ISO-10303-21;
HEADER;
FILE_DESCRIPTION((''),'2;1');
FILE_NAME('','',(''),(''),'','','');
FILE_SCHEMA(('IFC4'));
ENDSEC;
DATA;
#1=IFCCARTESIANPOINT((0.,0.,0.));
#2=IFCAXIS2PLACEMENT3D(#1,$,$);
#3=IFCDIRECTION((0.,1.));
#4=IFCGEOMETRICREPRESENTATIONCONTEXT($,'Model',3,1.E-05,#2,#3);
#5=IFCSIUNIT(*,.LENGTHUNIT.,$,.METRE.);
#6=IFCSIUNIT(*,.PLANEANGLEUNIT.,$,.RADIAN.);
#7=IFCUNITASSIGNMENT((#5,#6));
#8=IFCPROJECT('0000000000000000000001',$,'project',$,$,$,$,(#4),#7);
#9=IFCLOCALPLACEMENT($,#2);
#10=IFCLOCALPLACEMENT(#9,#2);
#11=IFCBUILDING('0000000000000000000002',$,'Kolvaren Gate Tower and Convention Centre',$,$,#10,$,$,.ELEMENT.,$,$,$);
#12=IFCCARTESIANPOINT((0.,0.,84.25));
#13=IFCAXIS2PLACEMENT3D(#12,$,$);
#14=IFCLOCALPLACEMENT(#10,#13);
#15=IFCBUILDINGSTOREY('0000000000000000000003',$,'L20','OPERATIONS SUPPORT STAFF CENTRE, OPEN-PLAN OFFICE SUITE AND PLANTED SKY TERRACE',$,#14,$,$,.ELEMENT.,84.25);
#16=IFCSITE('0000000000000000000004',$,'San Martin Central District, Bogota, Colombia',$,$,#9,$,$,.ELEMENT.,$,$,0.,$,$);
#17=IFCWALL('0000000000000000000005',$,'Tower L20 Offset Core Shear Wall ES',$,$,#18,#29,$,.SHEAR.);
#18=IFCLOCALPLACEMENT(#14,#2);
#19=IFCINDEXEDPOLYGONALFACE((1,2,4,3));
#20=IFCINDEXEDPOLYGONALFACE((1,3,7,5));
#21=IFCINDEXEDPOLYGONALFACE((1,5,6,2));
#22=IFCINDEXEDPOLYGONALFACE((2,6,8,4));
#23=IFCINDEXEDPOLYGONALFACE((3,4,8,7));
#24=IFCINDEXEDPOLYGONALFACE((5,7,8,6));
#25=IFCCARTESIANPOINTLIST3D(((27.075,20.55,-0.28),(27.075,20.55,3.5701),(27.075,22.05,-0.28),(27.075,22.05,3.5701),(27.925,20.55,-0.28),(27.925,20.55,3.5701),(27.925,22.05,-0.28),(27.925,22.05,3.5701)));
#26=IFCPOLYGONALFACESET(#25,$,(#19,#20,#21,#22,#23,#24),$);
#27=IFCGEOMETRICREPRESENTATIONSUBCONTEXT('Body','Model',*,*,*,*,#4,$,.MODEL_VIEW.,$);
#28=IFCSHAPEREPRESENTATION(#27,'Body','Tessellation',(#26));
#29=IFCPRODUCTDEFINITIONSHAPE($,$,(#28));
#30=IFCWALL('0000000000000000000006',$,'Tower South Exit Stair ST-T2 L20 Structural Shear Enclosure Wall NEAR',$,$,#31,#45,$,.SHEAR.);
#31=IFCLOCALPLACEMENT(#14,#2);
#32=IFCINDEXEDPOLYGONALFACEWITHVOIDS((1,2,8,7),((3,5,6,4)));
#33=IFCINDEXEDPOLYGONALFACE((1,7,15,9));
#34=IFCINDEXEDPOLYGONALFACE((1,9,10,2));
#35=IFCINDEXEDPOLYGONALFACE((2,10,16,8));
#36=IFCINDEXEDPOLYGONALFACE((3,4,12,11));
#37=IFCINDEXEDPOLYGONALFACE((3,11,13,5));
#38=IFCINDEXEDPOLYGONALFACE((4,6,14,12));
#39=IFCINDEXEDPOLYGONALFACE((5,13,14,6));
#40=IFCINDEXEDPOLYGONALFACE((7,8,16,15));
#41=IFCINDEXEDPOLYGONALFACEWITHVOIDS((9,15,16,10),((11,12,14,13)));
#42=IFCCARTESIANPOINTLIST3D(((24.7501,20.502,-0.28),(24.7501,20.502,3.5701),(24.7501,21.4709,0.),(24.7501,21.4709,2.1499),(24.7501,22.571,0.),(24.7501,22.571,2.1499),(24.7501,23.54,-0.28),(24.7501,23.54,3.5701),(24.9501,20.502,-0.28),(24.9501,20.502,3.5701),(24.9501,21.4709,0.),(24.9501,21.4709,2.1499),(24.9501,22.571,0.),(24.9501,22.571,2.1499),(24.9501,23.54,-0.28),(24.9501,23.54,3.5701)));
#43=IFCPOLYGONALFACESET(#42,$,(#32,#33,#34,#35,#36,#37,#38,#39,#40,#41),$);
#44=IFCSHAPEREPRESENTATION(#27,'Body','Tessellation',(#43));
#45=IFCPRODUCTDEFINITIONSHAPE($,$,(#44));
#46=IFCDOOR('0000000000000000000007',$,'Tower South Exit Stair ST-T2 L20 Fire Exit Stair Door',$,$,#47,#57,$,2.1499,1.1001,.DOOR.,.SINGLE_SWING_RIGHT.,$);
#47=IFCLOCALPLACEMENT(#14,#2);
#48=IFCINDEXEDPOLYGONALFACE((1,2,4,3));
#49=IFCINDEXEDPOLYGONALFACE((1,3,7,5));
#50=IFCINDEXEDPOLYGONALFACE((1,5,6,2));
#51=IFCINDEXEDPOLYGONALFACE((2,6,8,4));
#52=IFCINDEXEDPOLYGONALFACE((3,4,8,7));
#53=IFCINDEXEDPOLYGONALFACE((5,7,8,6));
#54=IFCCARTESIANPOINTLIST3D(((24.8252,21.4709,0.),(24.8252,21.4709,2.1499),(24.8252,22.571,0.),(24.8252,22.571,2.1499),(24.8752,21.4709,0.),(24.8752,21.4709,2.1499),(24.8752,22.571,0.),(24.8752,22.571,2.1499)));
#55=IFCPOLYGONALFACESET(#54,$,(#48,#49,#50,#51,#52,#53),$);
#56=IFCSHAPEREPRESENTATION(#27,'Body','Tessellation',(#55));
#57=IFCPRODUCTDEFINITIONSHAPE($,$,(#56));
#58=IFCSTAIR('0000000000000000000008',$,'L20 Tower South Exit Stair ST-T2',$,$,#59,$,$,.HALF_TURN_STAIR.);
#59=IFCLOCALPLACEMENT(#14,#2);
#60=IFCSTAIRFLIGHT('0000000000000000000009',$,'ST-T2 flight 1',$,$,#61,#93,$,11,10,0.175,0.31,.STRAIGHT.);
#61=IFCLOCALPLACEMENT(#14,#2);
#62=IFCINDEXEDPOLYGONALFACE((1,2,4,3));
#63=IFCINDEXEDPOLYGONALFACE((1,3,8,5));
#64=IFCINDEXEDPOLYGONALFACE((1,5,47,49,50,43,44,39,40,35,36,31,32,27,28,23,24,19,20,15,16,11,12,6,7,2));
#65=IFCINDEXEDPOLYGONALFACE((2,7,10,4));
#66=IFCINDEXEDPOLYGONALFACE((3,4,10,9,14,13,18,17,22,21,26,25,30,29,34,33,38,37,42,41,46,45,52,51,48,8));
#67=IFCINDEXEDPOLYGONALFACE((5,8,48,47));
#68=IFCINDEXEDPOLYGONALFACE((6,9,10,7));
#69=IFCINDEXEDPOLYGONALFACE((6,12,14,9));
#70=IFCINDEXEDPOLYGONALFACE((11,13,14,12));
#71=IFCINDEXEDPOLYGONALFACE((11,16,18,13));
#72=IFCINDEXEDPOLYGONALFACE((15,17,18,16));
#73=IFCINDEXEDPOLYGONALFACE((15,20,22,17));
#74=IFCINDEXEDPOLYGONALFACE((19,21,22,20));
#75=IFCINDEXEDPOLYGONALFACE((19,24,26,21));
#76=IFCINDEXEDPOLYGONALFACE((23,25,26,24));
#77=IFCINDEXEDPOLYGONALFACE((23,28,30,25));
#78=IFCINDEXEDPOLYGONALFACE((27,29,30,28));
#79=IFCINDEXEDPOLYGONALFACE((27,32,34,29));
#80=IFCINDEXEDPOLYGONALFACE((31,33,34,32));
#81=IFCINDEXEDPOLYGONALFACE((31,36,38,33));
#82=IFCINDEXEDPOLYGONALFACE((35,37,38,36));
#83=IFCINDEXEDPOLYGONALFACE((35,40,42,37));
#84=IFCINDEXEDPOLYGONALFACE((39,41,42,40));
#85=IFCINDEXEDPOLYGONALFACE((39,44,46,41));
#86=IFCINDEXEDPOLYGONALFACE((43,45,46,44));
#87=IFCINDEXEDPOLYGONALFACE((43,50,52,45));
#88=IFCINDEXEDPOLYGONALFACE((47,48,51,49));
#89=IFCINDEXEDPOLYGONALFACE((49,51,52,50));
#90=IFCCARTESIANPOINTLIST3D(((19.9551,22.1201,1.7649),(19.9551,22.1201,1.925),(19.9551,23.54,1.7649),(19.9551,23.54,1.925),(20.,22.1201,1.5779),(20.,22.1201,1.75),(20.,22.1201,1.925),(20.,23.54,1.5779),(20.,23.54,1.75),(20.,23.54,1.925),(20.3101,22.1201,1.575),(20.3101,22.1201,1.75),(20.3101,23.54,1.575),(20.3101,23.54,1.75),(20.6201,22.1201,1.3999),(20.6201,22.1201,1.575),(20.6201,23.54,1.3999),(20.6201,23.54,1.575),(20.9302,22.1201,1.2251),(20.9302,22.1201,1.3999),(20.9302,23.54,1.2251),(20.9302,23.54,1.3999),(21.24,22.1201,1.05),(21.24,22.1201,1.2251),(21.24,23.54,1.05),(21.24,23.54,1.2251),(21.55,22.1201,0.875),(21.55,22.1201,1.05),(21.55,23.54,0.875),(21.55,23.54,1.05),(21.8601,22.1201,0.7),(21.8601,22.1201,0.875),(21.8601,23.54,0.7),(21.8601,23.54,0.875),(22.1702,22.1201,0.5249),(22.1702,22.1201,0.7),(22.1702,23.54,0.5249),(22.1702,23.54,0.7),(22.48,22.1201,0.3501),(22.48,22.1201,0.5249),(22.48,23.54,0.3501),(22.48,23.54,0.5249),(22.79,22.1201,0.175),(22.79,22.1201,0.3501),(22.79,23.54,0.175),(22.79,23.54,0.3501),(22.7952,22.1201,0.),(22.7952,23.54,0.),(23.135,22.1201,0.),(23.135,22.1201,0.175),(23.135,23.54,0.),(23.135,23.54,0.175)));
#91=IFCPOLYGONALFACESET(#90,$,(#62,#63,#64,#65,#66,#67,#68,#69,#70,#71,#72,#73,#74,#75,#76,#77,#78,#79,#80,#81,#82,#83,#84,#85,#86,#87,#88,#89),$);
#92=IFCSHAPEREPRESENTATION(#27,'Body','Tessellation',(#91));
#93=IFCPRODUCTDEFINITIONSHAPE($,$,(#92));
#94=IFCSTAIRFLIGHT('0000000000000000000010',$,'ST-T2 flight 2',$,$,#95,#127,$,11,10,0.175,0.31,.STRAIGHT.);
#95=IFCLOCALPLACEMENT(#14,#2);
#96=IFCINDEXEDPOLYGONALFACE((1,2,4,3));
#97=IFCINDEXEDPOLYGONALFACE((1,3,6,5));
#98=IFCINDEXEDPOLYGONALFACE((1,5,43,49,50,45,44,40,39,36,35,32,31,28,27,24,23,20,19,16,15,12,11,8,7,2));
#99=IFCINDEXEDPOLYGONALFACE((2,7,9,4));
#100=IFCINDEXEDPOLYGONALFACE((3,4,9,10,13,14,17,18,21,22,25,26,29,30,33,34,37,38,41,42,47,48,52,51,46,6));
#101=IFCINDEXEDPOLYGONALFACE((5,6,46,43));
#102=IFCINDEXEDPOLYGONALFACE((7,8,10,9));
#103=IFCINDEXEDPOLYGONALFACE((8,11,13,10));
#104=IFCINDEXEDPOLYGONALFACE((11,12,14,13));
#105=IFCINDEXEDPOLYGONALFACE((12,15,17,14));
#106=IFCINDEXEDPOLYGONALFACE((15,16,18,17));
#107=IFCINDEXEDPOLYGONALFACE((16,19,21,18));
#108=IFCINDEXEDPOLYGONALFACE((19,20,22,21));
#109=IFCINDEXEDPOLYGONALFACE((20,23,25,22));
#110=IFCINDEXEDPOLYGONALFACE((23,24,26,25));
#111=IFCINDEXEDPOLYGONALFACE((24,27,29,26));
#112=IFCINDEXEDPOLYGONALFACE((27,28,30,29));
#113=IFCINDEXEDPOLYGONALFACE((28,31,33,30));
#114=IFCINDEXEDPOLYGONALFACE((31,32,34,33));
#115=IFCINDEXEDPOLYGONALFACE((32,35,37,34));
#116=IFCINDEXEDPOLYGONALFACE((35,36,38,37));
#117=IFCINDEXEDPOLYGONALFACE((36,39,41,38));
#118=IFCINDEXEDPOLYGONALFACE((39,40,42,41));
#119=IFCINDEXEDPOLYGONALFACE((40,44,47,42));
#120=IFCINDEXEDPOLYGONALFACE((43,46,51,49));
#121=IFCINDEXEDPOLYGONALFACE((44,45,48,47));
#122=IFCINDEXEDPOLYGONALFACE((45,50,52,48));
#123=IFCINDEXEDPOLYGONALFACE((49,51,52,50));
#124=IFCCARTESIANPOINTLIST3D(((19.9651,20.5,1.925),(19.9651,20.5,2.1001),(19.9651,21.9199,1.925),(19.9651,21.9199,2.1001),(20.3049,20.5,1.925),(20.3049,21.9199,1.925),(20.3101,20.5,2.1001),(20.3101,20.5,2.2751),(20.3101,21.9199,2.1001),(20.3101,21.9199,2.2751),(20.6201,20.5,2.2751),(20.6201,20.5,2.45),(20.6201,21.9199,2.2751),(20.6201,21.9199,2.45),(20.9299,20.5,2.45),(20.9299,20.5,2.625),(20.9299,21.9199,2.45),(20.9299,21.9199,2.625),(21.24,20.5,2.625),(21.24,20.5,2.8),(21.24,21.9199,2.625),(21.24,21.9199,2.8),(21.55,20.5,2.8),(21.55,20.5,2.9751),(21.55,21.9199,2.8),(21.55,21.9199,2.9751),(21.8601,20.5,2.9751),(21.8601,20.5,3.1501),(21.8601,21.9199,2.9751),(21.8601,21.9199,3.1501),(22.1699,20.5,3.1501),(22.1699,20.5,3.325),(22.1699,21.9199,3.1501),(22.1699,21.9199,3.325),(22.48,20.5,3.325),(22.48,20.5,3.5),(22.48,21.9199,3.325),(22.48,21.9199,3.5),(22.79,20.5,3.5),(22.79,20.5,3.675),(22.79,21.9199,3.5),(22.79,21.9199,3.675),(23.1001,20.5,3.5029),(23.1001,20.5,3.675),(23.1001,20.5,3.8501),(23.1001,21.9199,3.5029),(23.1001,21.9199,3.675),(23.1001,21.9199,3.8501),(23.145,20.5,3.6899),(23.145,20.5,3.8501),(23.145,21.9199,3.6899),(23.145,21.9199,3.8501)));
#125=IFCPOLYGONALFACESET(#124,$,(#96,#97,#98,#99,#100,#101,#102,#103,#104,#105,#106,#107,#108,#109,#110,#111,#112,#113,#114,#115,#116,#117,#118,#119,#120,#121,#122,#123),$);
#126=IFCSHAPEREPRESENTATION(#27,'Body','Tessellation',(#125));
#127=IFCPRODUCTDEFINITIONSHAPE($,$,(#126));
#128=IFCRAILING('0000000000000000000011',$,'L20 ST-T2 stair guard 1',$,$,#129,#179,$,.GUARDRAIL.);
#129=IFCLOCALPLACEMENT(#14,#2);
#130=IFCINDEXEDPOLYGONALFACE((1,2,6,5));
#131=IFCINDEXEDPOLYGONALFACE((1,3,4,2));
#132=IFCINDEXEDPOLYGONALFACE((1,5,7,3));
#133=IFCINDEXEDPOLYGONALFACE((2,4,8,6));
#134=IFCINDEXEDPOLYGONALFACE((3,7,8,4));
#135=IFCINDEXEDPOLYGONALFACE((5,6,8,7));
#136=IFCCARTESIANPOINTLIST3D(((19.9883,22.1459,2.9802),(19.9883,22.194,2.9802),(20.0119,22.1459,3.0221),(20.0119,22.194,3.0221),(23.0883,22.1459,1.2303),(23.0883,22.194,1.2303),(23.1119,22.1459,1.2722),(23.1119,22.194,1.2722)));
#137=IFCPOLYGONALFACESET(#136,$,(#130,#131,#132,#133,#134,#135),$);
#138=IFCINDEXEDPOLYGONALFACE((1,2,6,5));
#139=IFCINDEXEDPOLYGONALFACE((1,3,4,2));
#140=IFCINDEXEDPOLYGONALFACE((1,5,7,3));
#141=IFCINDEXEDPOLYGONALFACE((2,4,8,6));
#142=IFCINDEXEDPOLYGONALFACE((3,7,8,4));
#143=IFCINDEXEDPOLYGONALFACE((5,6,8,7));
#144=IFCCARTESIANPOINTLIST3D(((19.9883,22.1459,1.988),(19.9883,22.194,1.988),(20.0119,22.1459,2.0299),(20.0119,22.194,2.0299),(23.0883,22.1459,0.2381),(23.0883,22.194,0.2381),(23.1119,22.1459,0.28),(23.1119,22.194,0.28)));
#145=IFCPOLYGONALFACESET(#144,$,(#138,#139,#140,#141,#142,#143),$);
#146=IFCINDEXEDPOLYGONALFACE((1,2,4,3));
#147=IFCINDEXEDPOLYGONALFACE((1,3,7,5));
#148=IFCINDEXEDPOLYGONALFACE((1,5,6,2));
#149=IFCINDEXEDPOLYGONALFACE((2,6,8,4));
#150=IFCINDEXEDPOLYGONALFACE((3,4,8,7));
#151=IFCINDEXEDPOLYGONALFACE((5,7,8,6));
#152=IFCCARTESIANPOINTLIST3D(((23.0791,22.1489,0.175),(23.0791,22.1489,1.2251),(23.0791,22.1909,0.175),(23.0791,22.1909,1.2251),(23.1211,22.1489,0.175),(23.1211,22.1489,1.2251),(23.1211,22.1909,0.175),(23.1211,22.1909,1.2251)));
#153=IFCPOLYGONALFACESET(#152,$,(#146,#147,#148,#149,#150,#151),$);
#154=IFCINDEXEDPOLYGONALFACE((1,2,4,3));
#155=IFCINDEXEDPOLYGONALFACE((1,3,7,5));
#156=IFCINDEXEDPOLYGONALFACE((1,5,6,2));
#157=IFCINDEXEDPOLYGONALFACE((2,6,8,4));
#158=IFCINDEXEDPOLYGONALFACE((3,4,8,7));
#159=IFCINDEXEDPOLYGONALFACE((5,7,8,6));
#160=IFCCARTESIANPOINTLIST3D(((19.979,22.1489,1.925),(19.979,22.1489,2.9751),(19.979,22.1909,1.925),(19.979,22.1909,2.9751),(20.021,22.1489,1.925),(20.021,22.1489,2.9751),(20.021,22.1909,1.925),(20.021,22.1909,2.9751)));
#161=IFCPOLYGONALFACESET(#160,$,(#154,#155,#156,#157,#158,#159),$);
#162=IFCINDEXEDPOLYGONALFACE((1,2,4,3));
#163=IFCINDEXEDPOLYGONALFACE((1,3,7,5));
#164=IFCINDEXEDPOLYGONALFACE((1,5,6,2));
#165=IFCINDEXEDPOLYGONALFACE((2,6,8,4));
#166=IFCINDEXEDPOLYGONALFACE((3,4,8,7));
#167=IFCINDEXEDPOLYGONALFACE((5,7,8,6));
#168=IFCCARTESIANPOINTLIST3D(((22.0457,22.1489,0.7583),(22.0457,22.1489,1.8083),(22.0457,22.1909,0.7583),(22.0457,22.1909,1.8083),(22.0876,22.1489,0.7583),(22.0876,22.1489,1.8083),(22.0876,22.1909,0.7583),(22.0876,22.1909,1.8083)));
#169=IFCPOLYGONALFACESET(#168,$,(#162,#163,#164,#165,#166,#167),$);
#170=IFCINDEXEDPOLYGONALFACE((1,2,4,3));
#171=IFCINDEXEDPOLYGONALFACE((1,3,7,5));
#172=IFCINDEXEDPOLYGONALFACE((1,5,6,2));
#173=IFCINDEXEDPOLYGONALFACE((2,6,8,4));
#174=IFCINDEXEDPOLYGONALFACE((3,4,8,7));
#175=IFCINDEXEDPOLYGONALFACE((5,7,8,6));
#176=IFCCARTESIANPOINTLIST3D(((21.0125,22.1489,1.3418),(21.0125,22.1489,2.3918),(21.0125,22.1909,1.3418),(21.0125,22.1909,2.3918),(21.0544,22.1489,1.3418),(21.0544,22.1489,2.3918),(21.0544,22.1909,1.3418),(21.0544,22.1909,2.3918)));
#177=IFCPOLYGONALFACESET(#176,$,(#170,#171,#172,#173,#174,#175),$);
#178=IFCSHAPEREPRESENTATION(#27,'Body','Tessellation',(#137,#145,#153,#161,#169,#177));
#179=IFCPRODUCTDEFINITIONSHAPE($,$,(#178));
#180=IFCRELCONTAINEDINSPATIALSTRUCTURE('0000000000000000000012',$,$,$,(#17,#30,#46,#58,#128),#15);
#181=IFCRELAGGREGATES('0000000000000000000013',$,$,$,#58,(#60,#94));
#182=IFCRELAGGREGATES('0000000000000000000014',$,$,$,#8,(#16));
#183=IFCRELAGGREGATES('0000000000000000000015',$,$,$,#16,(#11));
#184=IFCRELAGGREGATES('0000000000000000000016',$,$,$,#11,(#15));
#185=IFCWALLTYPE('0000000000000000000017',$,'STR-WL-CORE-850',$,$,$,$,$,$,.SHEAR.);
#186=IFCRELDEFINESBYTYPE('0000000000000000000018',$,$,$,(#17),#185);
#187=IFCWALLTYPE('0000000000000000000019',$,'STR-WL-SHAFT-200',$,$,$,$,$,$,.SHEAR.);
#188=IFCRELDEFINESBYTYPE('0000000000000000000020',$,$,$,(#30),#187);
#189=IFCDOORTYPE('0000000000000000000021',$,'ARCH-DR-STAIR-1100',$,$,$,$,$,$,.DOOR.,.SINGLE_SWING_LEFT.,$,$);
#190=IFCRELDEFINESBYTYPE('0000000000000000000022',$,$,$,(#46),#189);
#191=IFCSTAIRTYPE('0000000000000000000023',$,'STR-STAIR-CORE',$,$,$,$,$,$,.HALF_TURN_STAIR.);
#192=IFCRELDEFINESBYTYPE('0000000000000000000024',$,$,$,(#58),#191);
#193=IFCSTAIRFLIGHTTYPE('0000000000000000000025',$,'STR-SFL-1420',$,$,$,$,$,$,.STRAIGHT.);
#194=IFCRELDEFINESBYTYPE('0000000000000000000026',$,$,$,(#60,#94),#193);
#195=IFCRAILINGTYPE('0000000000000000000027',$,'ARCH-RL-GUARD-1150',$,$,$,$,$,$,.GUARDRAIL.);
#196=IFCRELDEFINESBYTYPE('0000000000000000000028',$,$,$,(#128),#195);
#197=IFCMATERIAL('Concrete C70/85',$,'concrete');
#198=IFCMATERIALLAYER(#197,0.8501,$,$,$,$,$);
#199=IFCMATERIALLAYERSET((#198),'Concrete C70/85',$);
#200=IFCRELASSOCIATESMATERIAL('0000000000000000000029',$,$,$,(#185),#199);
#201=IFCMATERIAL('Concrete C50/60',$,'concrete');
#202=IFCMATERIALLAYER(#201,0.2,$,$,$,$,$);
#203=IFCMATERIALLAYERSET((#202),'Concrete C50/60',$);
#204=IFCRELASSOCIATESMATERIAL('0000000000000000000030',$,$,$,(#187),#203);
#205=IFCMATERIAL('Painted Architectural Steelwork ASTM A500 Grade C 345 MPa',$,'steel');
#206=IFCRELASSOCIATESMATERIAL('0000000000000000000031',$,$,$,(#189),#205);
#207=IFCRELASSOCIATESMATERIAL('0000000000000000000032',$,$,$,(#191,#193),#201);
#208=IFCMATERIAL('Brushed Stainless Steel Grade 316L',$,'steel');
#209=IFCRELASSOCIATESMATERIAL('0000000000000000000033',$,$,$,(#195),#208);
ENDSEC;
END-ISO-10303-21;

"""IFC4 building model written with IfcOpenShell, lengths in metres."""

from ifc_helpers import new_model, si_unit, direction, frame, frame_2d, origin, origin_2d, place, context, subcontext, project, spatial, polyline, rectangle, outline, extrude, material, layer, layer_set, type_object, element, fill, aggregate, save


model = new_model("IFC4")

# Units and contexts
model_context = context("Model", 3, precision=1e-05, world=origin(), true_north=direction((0.0, 1.0)))
body_context = subcontext(model_context, "Body", "Model", "MODEL_VIEW")
ifc_project = project(units=[si_unit("LENGTHUNIT", "METRE"), si_unit("PLANEANGLEUNIT", "RADIAN")], contexts=[model_context])

# Site, building, storey
site_placement = place(None, origin())
site = spatial("IfcSite", under=ifc_project, at=site_placement, Name="San Martin Central District, Bogota, Colombia", CompositionType="ELEMENT", RefElevation=0.0)
building_placement = place(site_placement, origin())
building = spatial("IfcBuilding", under=site, at=building_placement, Name="Kolvaren Gate Tower and Convention Centre", CompositionType="ELEMENT")
storey_placement = place(building_placement, frame((0.0, 0.0, 84.25)))
storey = spatial("IfcBuildingStorey", under=building, at=storey_placement, Name="L20", Description="OPERATIONS SUPPORT STAFF CENTRE, OPEN-PLAN OFFICE SUITE AND PLANTED SKY TERRACE", CompositionType="ELEMENT", Elevation=84.25)

# Shared definitions
ifc_material_1 = material(Name="Brushed Stainless Steel Grade 316L", Category="steel")

# Wall
ifc_material_2 = material(Name="Concrete C70/85", Category="concrete")
ifc_layer_1 = layer(ifc_material_2, 0.8501)
ifc_layer_set_1 = layer_set([ifc_layer_1], Name="Concrete C70/85")
wall_type_1 = type_object("IfcWallType", Name="STR-WL-CORE-850", PredefinedType="SHEAR", material=ifc_layer_set_1)
wall_1_placement = place(storey_placement, frame((27.5, 20.55, -0.28), z_axis=(0.0, 0.0, 1.0), x_axis=(0.0, 1.0, 0.0)))
element("IfcWall", 1, at=wall_1_placement, inside=storey, type_object=wall_type_1, Name="Tower L20 Offset Core Shear Wall ES", PredefinedType="SHEAR", context=body_context, shape_type="SweptSolid", body=[
    extrude(rectangle(XDim=1.5, YDim=0.8501, at=frame_2d((0.75, 0.0))), origin(), (0.0, 0.0, 1.0), 3.8501),
])

# Wall, opening, door
ifc_material_3 = material(Name="Concrete C50/60", Category="concrete")
ifc_layer_2 = layer(ifc_material_3, 0.2)
ifc_layer_set_2 = layer_set([ifc_layer_2], Name="Concrete C50/60")
wall_type_2 = type_object("IfcWallType", Name="STR-WL-SHAFT-200", PredefinedType="SHEAR", material=ifc_layer_set_2)
wall_2_placement = place(storey_placement, frame((24.8501, 20.502, -0.28), z_axis=(0.0, 0.0, 1.0), x_axis=(0.0, 1.0, 0.0)))
wall_2 = element("IfcWall", 2, at=wall_2_placement, inside=storey, type_object=wall_type_2, Name="Tower South Exit Stair ST-T2 L20 Structural Shear Enclosure Wall NEAR", PredefinedType="SHEAR", context=body_context, shape_type="SweptSolid", body=[
    extrude(rectangle(XDim=3.0381, YDim=0.2, at=frame_2d((1.519, 0.0))), origin(), (0.0, 0.0, 1.0), 3.8501),
])
opening_1_placement = place(wall_2_placement, frame((0.969, 0.0, 0.28)))
opening_1 = element("IfcOpeningElement", 3, at=opening_1_placement, cuts=wall_2, PredefinedType="OPENING", context=body_context, shape_type="SweptSolid", body=[
    extrude(rectangle(XDim=1.1001, YDim=2.1499, at=frame_2d((0.55, 1.075))), frame((0.0, 0.1099, 0.0), z_axis=(0.0, -1.0, 0.0), x_axis=(1.0, 0.0, 0.0)), (0.0, 0.0, 1.0), 0.22),
])
ifc_material_4 = material(Name="Painted Architectural Steelwork ASTM A500 Grade C 345 MPa", Category="steel")
door_type_1 = type_object("IfcDoorType", Name="ARCH-DR-STAIR-1100", OperationType="SINGLE_SWING_LEFT", PredefinedType="DOOR", material=ifc_material_4)
door_1_placement = place(opening_1_placement, origin())
door_1 = element("IfcDoor", 4, at=door_1_placement, inside=storey, type_object=door_type_1, Name="Tower South Exit Stair ST-T2 L20 Fire Exit Stair Door", OperationType="SINGLE_SWING_RIGHT", OverallHeight=2.1499, OverallWidth=1.1001, PredefinedType="DOOR", context=body_context, shape_type="SweptSolid", body=[
    extrude(rectangle(XDim=1.1001, YDim=2.1499, at=frame_2d((0.55, 1.075))), frame((0.0, 0.0249, 0.0), z_axis=(0.0, -1.0, 0.0), x_axis=(1.0, 0.0, 0.0)), (0.0, 0.0, 1.0), 0.05),
])
fill(opening_1, door_1)

# Stair, stair flights
stair_type = type_object("IfcStairType", Name="STR-STAIR-CORE", PredefinedType="HALF_TURN_STAIR", material=ifc_material_3)
stair_placement = place(storey_placement, origin())
stair = element("IfcStair", 5, at=stair_placement, inside=storey, type_object=stair_type, Name="L20 Tower South Exit Stair ST-T2", PredefinedType="HALF_TURN_STAIR")
stair_flight_type = type_object("IfcStairFlightType", Name="STR-SFL-1420", PredefinedType="STRAIGHT", material=ifc_material_3)
stair_flight_1_placement = place(storey_placement, frame((23.1001, 22.8301, 0.0), z_axis=(0.0, 0.0, 1.0), x_axis=(-1.0, 0.0, 0.0)))
stair_flight_1 = element("IfcStairFlight", 6, at=stair_flight_1_placement, type_object=stair_flight_type, Name="ST-T2 flight 1", NumberOfRisers=11, NumberOfTreads=10, PredefinedType="STRAIGHT", RiserHeight=0.175, TreadLength=0.31, context=body_context, shape_type="SweptSolid", body=[
    extrude(outline(polyline([(-0.0349, 0.0), (-0.0349, 0.175), (0.3101, 0.175), (0.3101, 0.3501), (0.6201, 0.3501), (0.6201, 0.5249), (0.9299, 0.5249), (0.9299, 0.7), (1.24, 0.7), (1.24, 0.875), (1.55, 0.875), (1.55, 1.05), (1.8601, 1.05), (1.8601, 1.2251), (2.1699, 1.2251), (2.1699, 1.3999), (2.48, 1.3999), (2.48, 1.575), (2.79, 1.575), (2.79, 1.75), (3.1001, 1.75), (3.1001, 1.925), (3.145, 1.925), (3.145, 1.7649), (3.1001, 1.5779), (0.3049, 0.0), (-0.0349, 0.0)])), frame((0.0, 0.71, 0.0), z_axis=(0.0, -1.0, 0.0), x_axis=(1.0, 0.0, 0.0)), (0.0, 0.0, 1.0), 1.4199),
])
stair_flight_2_placement = place(storey_placement, frame((20.0, 21.21, 1.925), z_axis=(0.0, 0.0, 1.0), x_axis=(1.0, 0.0, 0.0)))
stair_flight_2 = element("IfcStairFlight", 7, at=stair_flight_2_placement, type_object=stair_flight_type, Name="ST-T2 flight 2", NumberOfRisers=11, NumberOfTreads=10, PredefinedType="STRAIGHT", RiserHeight=0.175, TreadLength=0.31, context=body_context, shape_type="SweptSolid", body=[
    extrude(outline(polyline([(-0.0349, 0.0), (-0.0349, 0.175), (0.3101, 0.175), (0.3101, 0.3501), (0.6201, 0.3501), (0.6201, 0.5249), (0.9299, 0.5249), (0.9299, 0.7), (1.24, 0.7), (1.24, 0.875), (1.55, 0.875), (1.55, 1.05), (1.8601, 1.05), (1.8601, 1.2251), (2.1699, 1.2251), (2.1699, 1.3999), (2.48, 1.3999), (2.48, 1.575), (2.79, 1.575), (2.79, 1.75), (3.1001, 1.75), (3.1001, 1.925), (3.145, 1.925), (3.145, 1.7649), (3.1001, 1.5779), (0.3049, 0.0), (-0.0349, 0.0)])), frame((0.0, 0.71, 0.0), z_axis=(0.0, -1.0, 0.0), x_axis=(1.0, 0.0, 0.0)), (0.0, 0.0, 1.0), 1.4199),
])
aggregate(stair, [stair_flight_1, stair_flight_2])

# Railing
railing_type_1 = type_object("IfcRailingType", Name="ARCH-RL-GUARD-1150", PredefinedType="GUARDRAIL", material=ifc_material_1)
railing_1_placement = place(storey_placement, frame((23.1001, 22.1699, 0.175)))
element("IfcRailing", 8, at=railing_1_placement, inside=storey, type_object=railing_type_1, Name="L20 ST-T2 stair guard 1", PredefinedType="GUARDRAIL", context=body_context, shape_type="SweptSolid", body=[
    extrude(rectangle(XDim=0.0481, YDim=0.0481, at=origin_2d()), frame((0.0, 0.0, 1.0762), z_axis=(-0.870831, 0.0, 0.491583), x_axis=(0.0, -1.0, 0.0)), (0.0, 0.0, 1.0), 3.5598),
    extrude(rectangle(XDim=0.0481, YDim=0.0481, at=origin_2d()), frame((0.0, 0.0, 0.084), z_axis=(-0.870831, 0.0, 0.491583), x_axis=(0.0, -1.0, 0.0)), (0.0, 0.0, 1.0), 3.5598),
    extrude(rectangle(XDim=0.042, YDim=0.042, at=origin_2d()), origin(), (0.0, 0.0, 1.0), 1.05),
    extrude(rectangle(XDim=0.042, YDim=0.042, at=origin_2d()), frame((-3.1001, 0.0, 1.75)), (0.0, 0.0, 1.0), 1.05),
    extrude(rectangle(XDim=0.042, YDim=0.042, at=origin_2d()), frame((-1.0334, 0.0, 0.5833)), (0.0, 0.0, 1.0), 1.05),
    extrude(rectangle(XDim=0.042, YDim=0.042, at=origin_2d()), frame((-2.0667, 0.0, 1.1667)), (0.0, 0.0, 1.0), 1.05),
])

save(model, "model.ifc")
